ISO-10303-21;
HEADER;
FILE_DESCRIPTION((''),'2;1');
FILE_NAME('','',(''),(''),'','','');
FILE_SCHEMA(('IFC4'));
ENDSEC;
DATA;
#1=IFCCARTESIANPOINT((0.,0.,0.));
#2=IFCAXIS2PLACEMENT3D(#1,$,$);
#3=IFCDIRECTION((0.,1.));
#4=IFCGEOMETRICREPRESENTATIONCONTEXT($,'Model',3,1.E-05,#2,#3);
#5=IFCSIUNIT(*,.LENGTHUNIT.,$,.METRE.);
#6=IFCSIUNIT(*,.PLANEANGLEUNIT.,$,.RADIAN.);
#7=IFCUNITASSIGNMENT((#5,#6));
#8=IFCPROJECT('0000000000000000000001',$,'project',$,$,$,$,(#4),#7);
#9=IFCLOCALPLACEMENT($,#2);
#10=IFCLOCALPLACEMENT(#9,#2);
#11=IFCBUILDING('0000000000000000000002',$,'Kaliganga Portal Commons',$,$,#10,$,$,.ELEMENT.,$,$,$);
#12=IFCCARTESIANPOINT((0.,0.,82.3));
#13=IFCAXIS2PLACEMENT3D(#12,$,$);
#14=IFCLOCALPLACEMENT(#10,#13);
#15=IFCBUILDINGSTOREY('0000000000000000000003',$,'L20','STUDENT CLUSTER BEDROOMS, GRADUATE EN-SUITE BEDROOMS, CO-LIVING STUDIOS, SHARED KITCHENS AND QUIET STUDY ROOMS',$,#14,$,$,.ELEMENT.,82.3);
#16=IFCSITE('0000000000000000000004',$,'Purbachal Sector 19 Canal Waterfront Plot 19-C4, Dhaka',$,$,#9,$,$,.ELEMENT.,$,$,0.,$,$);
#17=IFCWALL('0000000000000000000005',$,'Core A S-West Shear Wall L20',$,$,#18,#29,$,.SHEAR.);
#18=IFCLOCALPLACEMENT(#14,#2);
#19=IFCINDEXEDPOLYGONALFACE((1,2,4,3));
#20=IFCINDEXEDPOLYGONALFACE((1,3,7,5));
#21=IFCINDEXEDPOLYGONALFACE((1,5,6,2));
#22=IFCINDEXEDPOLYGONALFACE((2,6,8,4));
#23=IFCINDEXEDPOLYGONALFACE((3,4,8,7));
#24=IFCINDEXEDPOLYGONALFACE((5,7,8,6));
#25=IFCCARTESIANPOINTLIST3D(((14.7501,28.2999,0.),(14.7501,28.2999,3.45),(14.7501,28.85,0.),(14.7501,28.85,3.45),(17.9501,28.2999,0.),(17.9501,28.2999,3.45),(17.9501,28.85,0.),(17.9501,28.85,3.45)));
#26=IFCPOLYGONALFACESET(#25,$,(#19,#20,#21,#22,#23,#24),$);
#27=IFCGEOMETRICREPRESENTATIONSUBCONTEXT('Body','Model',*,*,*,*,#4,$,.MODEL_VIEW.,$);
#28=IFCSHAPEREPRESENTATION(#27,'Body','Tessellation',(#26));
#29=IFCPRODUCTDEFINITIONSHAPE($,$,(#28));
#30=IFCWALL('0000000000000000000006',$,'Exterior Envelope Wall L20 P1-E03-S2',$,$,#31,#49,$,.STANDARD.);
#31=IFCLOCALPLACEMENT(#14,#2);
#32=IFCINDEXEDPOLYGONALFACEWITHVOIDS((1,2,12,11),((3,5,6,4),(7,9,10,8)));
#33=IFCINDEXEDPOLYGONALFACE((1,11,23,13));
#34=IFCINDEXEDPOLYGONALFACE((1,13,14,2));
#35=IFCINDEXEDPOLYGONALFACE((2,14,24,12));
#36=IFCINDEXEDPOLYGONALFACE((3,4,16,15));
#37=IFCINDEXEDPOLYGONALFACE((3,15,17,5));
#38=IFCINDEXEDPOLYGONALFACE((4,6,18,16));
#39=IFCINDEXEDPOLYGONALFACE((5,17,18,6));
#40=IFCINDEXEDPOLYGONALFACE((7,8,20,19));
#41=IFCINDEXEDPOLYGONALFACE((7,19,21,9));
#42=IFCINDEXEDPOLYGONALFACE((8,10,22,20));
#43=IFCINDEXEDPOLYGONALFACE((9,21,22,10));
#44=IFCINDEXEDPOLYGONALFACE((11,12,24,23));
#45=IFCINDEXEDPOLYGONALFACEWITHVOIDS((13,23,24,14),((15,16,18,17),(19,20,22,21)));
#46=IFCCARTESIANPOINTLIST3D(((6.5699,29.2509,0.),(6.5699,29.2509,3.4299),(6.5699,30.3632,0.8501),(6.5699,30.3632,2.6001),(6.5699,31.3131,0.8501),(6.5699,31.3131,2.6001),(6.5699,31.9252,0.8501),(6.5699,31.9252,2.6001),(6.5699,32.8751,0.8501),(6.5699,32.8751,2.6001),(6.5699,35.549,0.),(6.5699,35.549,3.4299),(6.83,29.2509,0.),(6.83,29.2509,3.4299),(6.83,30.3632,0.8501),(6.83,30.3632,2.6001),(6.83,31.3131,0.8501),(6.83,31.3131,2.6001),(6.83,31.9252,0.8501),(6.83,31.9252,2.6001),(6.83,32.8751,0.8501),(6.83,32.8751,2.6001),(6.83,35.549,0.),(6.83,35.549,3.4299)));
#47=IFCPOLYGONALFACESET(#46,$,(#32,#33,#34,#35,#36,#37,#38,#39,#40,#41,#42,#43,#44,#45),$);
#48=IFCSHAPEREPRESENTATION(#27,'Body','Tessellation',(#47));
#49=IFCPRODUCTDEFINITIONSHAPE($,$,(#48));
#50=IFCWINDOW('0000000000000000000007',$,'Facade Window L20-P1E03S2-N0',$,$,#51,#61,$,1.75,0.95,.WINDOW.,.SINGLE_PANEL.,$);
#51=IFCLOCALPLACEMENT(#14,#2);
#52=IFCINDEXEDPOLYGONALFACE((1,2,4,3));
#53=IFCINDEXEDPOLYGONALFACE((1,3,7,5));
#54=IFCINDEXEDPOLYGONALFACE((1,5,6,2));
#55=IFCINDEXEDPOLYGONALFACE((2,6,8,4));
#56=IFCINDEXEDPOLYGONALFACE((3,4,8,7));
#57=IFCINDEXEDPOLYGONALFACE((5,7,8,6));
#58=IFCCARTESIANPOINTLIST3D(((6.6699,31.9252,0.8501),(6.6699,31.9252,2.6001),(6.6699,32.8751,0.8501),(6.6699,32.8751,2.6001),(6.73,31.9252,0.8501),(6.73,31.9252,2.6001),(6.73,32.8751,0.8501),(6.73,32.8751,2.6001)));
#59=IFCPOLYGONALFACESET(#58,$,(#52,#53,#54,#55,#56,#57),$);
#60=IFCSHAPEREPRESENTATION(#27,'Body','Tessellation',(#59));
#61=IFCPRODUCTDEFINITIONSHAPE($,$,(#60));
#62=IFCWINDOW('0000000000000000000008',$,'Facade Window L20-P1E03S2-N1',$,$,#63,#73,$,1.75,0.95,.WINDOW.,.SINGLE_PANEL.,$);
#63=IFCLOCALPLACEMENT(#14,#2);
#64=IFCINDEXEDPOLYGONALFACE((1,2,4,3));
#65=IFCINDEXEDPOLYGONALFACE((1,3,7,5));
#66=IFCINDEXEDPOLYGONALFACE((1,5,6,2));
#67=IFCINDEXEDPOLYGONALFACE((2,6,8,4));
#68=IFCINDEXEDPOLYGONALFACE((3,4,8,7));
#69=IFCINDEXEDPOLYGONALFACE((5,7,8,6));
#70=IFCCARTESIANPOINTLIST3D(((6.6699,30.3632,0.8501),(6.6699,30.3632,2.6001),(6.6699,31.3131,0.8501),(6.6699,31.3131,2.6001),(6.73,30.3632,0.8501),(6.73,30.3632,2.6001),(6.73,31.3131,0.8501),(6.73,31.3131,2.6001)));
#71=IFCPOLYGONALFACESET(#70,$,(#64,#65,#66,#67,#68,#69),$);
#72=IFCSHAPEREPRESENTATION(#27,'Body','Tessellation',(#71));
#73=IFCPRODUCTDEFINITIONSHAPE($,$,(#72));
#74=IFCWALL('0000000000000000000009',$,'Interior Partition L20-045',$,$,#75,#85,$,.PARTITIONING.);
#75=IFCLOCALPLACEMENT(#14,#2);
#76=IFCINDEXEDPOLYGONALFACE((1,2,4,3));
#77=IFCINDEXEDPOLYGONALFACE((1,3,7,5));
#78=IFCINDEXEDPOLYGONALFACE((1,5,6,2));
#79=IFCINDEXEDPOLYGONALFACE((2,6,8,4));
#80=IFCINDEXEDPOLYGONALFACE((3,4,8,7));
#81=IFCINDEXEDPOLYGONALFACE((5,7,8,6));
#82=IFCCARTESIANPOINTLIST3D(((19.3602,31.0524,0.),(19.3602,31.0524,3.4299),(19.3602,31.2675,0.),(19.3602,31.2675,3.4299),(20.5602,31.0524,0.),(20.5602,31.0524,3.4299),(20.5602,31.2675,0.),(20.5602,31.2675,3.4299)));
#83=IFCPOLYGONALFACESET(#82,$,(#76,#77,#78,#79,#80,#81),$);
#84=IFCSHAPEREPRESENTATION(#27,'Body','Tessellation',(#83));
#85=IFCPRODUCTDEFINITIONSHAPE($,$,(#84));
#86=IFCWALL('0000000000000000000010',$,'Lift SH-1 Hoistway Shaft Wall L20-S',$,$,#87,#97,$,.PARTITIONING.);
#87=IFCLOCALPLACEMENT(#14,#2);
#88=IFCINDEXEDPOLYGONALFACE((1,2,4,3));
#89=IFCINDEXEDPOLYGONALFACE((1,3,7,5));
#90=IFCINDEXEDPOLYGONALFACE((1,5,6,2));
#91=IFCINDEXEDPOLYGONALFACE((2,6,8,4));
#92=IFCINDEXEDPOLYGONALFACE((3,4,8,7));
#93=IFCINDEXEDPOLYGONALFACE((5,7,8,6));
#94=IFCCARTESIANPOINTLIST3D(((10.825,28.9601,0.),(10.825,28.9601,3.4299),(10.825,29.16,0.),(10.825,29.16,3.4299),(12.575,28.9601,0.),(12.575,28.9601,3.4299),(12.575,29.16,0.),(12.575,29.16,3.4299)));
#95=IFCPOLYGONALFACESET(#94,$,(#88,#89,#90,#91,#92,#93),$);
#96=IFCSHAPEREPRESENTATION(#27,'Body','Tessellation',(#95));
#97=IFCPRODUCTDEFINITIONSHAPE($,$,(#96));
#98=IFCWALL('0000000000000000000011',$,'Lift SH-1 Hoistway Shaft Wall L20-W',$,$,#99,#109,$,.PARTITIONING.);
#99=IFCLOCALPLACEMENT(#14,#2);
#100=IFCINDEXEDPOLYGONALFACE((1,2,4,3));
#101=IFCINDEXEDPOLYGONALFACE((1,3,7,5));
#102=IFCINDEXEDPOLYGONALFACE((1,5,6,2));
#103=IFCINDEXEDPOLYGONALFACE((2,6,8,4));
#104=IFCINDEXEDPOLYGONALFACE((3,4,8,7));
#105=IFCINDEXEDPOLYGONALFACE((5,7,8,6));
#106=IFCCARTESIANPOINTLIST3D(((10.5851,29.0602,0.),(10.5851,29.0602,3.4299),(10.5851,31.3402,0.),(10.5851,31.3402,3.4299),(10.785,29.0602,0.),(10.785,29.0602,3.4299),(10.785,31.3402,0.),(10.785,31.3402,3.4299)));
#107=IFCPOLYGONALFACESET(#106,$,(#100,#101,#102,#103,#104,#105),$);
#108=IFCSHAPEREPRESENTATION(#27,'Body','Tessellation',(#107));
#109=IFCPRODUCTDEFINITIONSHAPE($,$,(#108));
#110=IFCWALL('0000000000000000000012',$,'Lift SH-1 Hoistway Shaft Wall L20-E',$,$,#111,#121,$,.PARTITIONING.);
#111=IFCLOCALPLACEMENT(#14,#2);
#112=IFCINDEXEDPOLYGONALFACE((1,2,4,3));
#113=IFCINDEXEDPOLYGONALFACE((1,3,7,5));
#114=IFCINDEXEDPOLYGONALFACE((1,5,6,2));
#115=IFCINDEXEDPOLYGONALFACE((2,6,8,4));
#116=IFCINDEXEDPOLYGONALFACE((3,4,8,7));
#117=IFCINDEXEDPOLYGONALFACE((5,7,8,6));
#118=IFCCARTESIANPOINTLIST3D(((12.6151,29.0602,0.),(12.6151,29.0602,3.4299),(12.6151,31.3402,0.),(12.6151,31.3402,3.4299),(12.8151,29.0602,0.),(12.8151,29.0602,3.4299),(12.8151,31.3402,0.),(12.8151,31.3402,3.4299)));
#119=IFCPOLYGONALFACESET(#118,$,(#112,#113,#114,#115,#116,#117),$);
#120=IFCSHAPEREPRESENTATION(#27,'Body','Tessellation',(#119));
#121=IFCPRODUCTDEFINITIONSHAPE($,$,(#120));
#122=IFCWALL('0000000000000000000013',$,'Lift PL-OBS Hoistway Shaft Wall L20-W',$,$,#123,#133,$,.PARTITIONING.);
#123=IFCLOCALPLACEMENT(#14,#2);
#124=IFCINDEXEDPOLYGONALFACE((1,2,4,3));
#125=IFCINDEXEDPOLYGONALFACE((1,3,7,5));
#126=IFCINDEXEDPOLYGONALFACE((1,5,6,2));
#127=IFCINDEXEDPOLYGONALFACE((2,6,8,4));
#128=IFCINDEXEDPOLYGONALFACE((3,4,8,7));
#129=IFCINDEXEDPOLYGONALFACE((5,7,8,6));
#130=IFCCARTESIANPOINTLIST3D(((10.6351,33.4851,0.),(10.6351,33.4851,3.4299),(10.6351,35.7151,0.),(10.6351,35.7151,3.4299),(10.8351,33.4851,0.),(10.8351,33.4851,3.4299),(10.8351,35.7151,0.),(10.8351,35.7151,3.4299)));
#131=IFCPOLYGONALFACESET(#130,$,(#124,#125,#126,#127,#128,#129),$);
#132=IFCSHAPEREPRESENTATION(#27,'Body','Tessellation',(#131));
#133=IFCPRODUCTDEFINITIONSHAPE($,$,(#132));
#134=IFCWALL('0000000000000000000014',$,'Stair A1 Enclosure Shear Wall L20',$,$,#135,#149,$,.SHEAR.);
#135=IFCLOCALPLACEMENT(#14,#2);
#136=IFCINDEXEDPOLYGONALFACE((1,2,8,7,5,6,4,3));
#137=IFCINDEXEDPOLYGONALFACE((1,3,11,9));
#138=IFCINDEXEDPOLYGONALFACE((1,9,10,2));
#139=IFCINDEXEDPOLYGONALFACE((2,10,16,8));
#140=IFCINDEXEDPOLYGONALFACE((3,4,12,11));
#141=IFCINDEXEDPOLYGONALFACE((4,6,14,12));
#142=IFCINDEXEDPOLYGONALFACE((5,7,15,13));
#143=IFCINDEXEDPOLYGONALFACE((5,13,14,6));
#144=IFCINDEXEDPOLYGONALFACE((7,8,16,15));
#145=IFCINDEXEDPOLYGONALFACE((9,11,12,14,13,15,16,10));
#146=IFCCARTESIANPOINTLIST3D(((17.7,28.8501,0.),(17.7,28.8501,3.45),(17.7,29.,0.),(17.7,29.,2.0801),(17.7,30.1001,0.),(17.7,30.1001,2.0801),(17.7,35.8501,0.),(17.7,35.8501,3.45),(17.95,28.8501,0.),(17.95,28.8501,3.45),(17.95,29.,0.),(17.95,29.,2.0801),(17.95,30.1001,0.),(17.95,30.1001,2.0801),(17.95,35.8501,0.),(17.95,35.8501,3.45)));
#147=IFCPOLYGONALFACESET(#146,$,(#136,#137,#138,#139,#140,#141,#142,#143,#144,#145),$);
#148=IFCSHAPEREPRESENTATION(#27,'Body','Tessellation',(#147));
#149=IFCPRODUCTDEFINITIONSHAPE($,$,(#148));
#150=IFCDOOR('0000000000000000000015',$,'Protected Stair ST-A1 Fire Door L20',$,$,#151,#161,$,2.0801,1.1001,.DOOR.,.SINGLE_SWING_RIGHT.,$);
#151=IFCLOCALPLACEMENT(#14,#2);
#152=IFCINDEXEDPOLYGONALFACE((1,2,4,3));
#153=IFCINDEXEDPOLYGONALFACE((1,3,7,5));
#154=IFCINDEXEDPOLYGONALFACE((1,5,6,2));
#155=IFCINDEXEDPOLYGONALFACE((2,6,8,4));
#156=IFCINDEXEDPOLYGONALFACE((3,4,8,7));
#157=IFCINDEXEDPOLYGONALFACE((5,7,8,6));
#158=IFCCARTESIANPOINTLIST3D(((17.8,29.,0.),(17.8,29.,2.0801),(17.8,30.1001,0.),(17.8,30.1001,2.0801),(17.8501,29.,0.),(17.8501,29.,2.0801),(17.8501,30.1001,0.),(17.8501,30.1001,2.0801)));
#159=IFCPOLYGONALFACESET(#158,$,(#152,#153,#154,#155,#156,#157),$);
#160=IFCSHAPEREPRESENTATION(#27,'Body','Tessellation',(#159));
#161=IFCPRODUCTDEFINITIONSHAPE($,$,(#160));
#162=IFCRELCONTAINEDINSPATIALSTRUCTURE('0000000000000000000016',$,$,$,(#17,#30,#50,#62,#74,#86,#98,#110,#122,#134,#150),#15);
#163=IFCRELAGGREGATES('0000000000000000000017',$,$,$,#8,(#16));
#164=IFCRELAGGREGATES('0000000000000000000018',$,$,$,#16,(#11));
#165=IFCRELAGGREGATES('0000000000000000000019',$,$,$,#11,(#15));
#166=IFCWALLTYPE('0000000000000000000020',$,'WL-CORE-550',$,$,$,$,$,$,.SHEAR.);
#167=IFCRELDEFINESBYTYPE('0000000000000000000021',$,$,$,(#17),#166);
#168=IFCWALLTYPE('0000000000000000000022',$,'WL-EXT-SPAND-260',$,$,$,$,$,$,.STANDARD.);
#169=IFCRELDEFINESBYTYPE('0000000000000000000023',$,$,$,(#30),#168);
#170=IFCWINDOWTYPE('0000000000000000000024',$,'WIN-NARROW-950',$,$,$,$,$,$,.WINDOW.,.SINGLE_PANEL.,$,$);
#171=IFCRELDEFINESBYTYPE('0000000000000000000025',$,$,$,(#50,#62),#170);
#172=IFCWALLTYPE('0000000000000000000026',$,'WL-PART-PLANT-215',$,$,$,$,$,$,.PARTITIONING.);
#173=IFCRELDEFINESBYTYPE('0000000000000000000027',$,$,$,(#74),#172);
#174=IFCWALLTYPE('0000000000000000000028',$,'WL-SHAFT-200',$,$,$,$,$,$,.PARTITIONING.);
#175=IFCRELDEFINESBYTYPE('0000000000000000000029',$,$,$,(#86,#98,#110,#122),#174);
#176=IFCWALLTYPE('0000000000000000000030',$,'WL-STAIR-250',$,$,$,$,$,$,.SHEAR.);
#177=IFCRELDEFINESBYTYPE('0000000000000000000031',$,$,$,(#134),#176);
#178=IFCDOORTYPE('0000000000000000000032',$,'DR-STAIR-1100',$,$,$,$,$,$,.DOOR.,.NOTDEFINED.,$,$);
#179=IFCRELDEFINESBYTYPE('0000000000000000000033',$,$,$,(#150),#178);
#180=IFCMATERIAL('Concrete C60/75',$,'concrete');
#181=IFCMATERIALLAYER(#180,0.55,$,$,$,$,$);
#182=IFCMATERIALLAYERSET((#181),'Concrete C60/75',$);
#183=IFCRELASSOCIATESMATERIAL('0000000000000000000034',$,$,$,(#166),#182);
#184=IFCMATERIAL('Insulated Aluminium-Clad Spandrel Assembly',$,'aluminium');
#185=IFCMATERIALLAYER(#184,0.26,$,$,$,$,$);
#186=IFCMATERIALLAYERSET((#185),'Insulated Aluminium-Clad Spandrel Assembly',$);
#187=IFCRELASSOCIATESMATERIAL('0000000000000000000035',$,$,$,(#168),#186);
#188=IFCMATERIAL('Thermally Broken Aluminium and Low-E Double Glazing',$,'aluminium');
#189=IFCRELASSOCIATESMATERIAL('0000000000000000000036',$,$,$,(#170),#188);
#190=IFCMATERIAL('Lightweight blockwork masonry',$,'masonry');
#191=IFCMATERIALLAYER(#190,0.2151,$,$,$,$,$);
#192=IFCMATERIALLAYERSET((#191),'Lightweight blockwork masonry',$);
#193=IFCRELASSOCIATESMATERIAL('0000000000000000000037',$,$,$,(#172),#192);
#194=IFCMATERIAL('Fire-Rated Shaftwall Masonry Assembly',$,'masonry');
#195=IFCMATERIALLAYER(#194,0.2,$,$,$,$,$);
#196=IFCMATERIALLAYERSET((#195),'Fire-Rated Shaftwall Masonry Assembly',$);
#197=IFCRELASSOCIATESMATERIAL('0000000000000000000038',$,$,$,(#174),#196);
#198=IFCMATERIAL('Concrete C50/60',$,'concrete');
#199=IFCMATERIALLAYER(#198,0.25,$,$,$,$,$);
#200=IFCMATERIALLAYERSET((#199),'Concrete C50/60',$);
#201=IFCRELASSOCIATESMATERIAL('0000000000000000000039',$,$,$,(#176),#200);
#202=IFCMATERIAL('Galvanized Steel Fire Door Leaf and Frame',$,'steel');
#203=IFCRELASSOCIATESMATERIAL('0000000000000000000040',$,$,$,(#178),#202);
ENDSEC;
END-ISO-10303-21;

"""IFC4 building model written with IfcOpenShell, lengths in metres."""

from ifc_helpers import new_model, si_unit, direction, frame, frame_2d, origin, place, context, subcontext, project, spatial, rectangle, extrude, material, layer, layer_set, type_object, element, fill, save


model = new_model("IFC4")

# Units and contexts
model_context = context("Model", 3, precision=1e-05, world=origin(), true_north=direction((0.0, 1.0)))
body_context = subcontext(model_context, "Body", "Model", "MODEL_VIEW")
ifc_project = project(units=[si_unit("LENGTHUNIT", "METRE"), si_unit("PLANEANGLEUNIT", "RADIAN")], contexts=[model_context])

# Site, building, storey
site_placement = place(None, origin())
site = spatial("IfcSite", under=ifc_project, at=site_placement, Name="Purbachal Sector 19 Canal Waterfront Plot 19-C4, Dhaka", CompositionType="ELEMENT", RefElevation=0.0)
building_placement = place(site_placement, origin())
building = spatial("IfcBuilding", under=site, at=building_placement, Name="Kaliganga Portal Commons", CompositionType="ELEMENT")
storey_placement = place(building_placement, frame((0.0, 0.0, 82.3)))
storey = spatial("IfcBuildingStorey", under=building, at=storey_placement, Name="L20", Description="STUDENT CLUSTER BEDROOMS, GRADUATE EN-SUITE BEDROOMS, CO-LIVING STUDIOS, SHARED KITCHENS AND QUIET STUDY ROOMS", CompositionType="ELEMENT", Elevation=82.3)

# Shared definitions
ifc_material_1 = material(Name="Concrete C60/75", Category="concrete")

# Wall
ifc_layer_1 = layer(ifc_material_1, 0.55)
ifc_layer_set_1 = layer_set([ifc_layer_1], Name="Concrete C60/75")
wall_type_1 = type_object("IfcWallType", Name="WL-CORE-550", PredefinedType="SHEAR", material=ifc_layer_set_1)
wall_1_placement = place(storey_placement, frame((14.75, 28.575, 0.0), z_axis=(0.0, 0.0, 1.0), x_axis=(1.0, 0.0, 0.0)))
element("IfcWall", 1, at=wall_1_placement, inside=storey, type_object=wall_type_1, Name="Core A S-West Shear Wall L20", PredefinedType="SHEAR", context=body_context, shape_type="SweptSolid", body=[
    extrude(rectangle(XDim=3.2, YDim=0.55, at=frame_2d((1.6001, 0.0))), origin(), (0.0, 0.0, 1.0), 3.45),
])

# Wall, openings, windows
ifc_material_2 = material(Name="Insulated Aluminium-Clad Spandrel Assembly", Category="aluminium")
ifc_layer_2 = layer(ifc_material_2, 0.26)
ifc_layer_set_2 = layer_set([ifc_layer_2], Name="Insulated Aluminium-Clad Spandrel Assembly")
wall_type_2 = type_object("IfcWallType", Name="WL-EXT-SPAND-260", PredefinedType="STANDARD", material=ifc_layer_set_2)
wall_2_placement = place(storey_placement, frame((6.7, 29.251, 0.0), z_axis=(0.0, 0.0, 1.0), x_axis=(0.0, 1.0, 0.0)))
wall_2 = element("IfcWall", 2, at=wall_2_placement, inside=storey, type_object=wall_type_2, Name="Exterior Envelope Wall L20 P1-E03-S2", PredefinedType="STANDARD", context=body_context, shape_type="SweptSolid", body=[
    extrude(rectangle(XDim=6.2981, YDim=0.26, at=frame_2d((3.1489, 0.0))), origin(), (0.0, 0.0, 1.0), 3.4299),
])
opening_1_placement = place(wall_2_placement, frame((2.6741, 0.0, 0.8501)))
opening_1 = element("IfcOpeningElement", 3, at=opening_1_placement, cuts=wall_2, PredefinedType="OPENING", context=body_context, shape_type="SweptSolid", body=[
    extrude(rectangle(XDim=0.95, YDim=1.75, at=frame_2d((0.4751, 0.875))), frame((0.0, 0.1401, 0.0), z_axis=(0.0, -1.0, 0.0), x_axis=(1.0, 0.0, 0.0)), (0.0, 0.0, 1.0), 0.28),
])
opening_2_placement = place(wall_2_placement, frame((1.1121, 0.0, 0.8501)))
opening_2 = element("IfcOpeningElement", 4, at=opening_2_placement, cuts=wall_2, PredefinedType="OPENING", context=body_context, shape_type="SweptSolid", body=[
    extrude(rectangle(XDim=0.95, YDim=1.75, at=frame_2d((0.4751, 0.875))), frame((0.0, 0.1401, 0.0), z_axis=(0.0, -1.0, 0.0), x_axis=(1.0, 0.0, 0.0)), (0.0, 0.0, 1.0), 0.28),
])
ifc_material_3 = material(Name="Thermally Broken Aluminium and Low-E Double Glazing", Category="aluminium")
window_type = type_object("IfcWindowType", Name="WIN-NARROW-950", PartitioningType="SINGLE_PANEL", PredefinedType="WINDOW", material=ifc_material_3)
window_1_placement = place(opening_1_placement, origin())
window_1 = element("IfcWindow", 5, at=window_1_placement, inside=storey, type_object=window_type, Name="Facade Window L20-P1E03S2-N0", OverallHeight=1.75, OverallWidth=0.95, PartitioningType="SINGLE_PANEL", PredefinedType="WINDOW", context=body_context, shape_type="SweptSolid", body=[
    extrude(rectangle(XDim=0.95, YDim=1.75, at=frame_2d((0.4751, 0.875))), frame((0.0, 0.03, 0.0), z_axis=(0.0, -1.0, 0.0), x_axis=(1.0, 0.0, 0.0)), (0.0, 0.0, 1.0), 0.0601),
])
fill(opening_1, window_1)
window_2_placement = place(opening_2_placement, origin())
window_2 = element("IfcWindow", 6, at=window_2_placement, inside=storey, type_object=window_type, Name="Facade Window L20-P1E03S2-N1", OverallHeight=1.75, OverallWidth=0.95, PartitioningType="SINGLE_PANEL", PredefinedType="WINDOW", context=body_context, shape_type="SweptSolid", body=[
    extrude(rectangle(XDim=0.95, YDim=1.75, at=frame_2d((0.4751, 0.875))), frame((0.0, 0.03, 0.0), z_axis=(0.0, -1.0, 0.0), x_axis=(1.0, 0.0, 0.0)), (0.0, 0.0, 1.0), 0.0601),
])
fill(opening_2, window_2)

# Walls
ifc_material_4 = material(Name="Lightweight blockwork masonry", Category="masonry")
ifc_layer_3 = layer(ifc_material_4, 0.2151)
ifc_layer_set_3 = layer_set([ifc_layer_3], Name="Lightweight blockwork masonry")
wall_type_3 = type_object("IfcWallType", Name="WL-PART-PLANT-215", PredefinedType="PARTITIONING", material=ifc_layer_set_3)
wall_3_placement = place(storey_placement, frame((19.3601, 31.1599, 0.0), z_axis=(0.0, 0.0, 1.0), x_axis=(1.0, 0.0, 0.0)))
element("IfcWall", 7, at=wall_3_placement, inside=storey, type_object=wall_type_3, Name="Interior Partition L20-045", PredefinedType="PARTITIONING", context=body_context, shape_type="SweptSolid", body=[
    extrude(rectangle(XDim=1.2, YDim=0.2151, at=frame_2d((0.6001, 0.0))), origin(), (0.0, 0.0, 1.0), 3.4299),
])
ifc_material_5 = material(Name="Fire-Rated Shaftwall Masonry Assembly", Category="masonry")
ifc_layer_4 = layer(ifc_material_5, 0.2)
ifc_layer_set_4 = layer_set([ifc_layer_4], Name="Fire-Rated Shaftwall Masonry Assembly")
wall_type_4 = type_object("IfcWallType", Name="WL-SHAFT-200", PredefinedType="PARTITIONING", material=ifc_layer_set_4)
wall_4_placement = place(storey_placement, frame((10.825, 29.0601, 0.0), z_axis=(0.0, 0.0, 1.0), x_axis=(1.0, 0.0, 0.0)))
element("IfcWall", 8, at=wall_4_placement, inside=storey, type_object=wall_type_4, Name="Lift SH-1 Hoistway Shaft Wall L20-S", PredefinedType="PARTITIONING", context=body_context, shape_type="SweptSolid", body=[
    extrude(rectangle(XDim=1.75, YDim=0.2, at=frame_2d((0.875, 0.0))), origin(), (0.0, 0.0, 1.0), 3.4299),
])

# Walls
for number, where, z_axis, x_axis, name in (
    (9, (10.6851, 29.0601, 0.0), (0.0, 0.0, 1.0), (0.0, 1.0, 0.0), "Lift SH-1 Hoistway Shaft Wall L20-W"),
    (10, (12.7151, 29.0601, 0.0), (0.0, 0.0, 1.0), (0.0, 1.0, 0.0), "Lift SH-1 Hoistway Shaft Wall L20-E"),
):
    element("IfcWall", number, at=place(storey_placement, frame(where, z_axis=z_axis, x_axis=x_axis)), inside=storey, type_object=wall_type_4, Name=name, PredefinedType="PARTITIONING", context=body_context, shape_type="SweptSolid", body=[
        extrude(rectangle(XDim=2.28, YDim=0.2, at=frame_2d((1.1401, 0.0))), origin(), (0.0, 0.0, 1.0), 3.4299),
    ])
wall_5_placement = place(storey_placement, frame((10.7351, 33.4851, 0.0), z_axis=(0.0, 0.0, 1.0), x_axis=(0.0, 1.0, 0.0)))
element("IfcWall", 11, at=wall_5_placement, inside=storey, type_object=wall_type_4, Name="Lift PL-OBS Hoistway Shaft Wall L20-W", PredefinedType="PARTITIONING", context=body_context, shape_type="SweptSolid", body=[
    extrude(rectangle(XDim=2.23, YDim=0.2, at=frame_2d((1.115, 0.0))), origin(), (0.0, 0.0, 1.0), 3.4299),
])

# Wall, opening, door
ifc_material_6 = material(Name="Concrete C50/60", Category="concrete")
ifc_layer_5 = layer(ifc_material_6, 0.25)
ifc_layer_set_5 = layer_set([ifc_layer_5], Name="Concrete C50/60")
wall_type_5 = type_object("IfcWallType", Name="WL-STAIR-250", PredefinedType="SHEAR", material=ifc_layer_set_5)
wall_6_placement = place(storey_placement, frame((17.825, 28.8501, 0.0), z_axis=(0.0, 0.0, 1.0), x_axis=(0.0, 1.0, 0.0)))
wall_6 = element("IfcWall", 12, at=wall_6_placement, inside=storey, type_object=wall_type_5, Name="Stair A1 Enclosure Shear Wall L20", PredefinedType="SHEAR", context=body_context, shape_type="SweptSolid", body=[
    extrude(rectangle(XDim=7.0, YDim=0.25, at=frame_2d((3.5, 0.0))), origin(), (0.0, 0.0, 1.0), 3.45),
])
opening_3_placement = place(wall_6_placement, frame((0.1499, 0.0, 0.0)))
opening_3 = element("IfcOpeningElement", 13, at=opening_3_placement, cuts=wall_6, PredefinedType="OPENING", context=body_context, shape_type="SweptSolid", body=[
    extrude(rectangle(XDim=1.1001, YDim=2.0801, at=frame_2d((0.55, 1.04))), frame((0.0, 0.135, 0.0), z_axis=(0.0, -1.0, 0.0), x_axis=(1.0, 0.0, 0.0)), (0.0, 0.0, 1.0), 0.27),
])
ifc_material_7 = material(Name="Galvanized Steel Fire Door Leaf and Frame", Category="steel")
door_type_1 = type_object("IfcDoorType", Name="DR-STAIR-1100", OperationType="NOTDEFINED", PredefinedType="DOOR", material=ifc_material_7)
door_1_placement = place(opening_3_placement, origin())
door_1 = element("IfcDoor", 14, at=door_1_placement, inside=storey, type_object=door_type_1, Name="Protected Stair ST-A1 Fire Door L20", OperationType="SINGLE_SWING_RIGHT", OverallHeight=2.0801, OverallWidth=1.1001, PredefinedType="DOOR", context=body_context, shape_type="SweptSolid", body=[
    extrude(rectangle(XDim=1.1001, YDim=2.0801, at=frame_2d((0.55, 1.04))), frame((0.0, 0.0249, 0.0), z_axis=(0.0, -1.0, 0.0), x_axis=(1.0, 0.0, 0.0)), (0.0, 0.0, 1.0), 0.05),
])
fill(opening_3, door_1)

save(model, "model.ifc")
